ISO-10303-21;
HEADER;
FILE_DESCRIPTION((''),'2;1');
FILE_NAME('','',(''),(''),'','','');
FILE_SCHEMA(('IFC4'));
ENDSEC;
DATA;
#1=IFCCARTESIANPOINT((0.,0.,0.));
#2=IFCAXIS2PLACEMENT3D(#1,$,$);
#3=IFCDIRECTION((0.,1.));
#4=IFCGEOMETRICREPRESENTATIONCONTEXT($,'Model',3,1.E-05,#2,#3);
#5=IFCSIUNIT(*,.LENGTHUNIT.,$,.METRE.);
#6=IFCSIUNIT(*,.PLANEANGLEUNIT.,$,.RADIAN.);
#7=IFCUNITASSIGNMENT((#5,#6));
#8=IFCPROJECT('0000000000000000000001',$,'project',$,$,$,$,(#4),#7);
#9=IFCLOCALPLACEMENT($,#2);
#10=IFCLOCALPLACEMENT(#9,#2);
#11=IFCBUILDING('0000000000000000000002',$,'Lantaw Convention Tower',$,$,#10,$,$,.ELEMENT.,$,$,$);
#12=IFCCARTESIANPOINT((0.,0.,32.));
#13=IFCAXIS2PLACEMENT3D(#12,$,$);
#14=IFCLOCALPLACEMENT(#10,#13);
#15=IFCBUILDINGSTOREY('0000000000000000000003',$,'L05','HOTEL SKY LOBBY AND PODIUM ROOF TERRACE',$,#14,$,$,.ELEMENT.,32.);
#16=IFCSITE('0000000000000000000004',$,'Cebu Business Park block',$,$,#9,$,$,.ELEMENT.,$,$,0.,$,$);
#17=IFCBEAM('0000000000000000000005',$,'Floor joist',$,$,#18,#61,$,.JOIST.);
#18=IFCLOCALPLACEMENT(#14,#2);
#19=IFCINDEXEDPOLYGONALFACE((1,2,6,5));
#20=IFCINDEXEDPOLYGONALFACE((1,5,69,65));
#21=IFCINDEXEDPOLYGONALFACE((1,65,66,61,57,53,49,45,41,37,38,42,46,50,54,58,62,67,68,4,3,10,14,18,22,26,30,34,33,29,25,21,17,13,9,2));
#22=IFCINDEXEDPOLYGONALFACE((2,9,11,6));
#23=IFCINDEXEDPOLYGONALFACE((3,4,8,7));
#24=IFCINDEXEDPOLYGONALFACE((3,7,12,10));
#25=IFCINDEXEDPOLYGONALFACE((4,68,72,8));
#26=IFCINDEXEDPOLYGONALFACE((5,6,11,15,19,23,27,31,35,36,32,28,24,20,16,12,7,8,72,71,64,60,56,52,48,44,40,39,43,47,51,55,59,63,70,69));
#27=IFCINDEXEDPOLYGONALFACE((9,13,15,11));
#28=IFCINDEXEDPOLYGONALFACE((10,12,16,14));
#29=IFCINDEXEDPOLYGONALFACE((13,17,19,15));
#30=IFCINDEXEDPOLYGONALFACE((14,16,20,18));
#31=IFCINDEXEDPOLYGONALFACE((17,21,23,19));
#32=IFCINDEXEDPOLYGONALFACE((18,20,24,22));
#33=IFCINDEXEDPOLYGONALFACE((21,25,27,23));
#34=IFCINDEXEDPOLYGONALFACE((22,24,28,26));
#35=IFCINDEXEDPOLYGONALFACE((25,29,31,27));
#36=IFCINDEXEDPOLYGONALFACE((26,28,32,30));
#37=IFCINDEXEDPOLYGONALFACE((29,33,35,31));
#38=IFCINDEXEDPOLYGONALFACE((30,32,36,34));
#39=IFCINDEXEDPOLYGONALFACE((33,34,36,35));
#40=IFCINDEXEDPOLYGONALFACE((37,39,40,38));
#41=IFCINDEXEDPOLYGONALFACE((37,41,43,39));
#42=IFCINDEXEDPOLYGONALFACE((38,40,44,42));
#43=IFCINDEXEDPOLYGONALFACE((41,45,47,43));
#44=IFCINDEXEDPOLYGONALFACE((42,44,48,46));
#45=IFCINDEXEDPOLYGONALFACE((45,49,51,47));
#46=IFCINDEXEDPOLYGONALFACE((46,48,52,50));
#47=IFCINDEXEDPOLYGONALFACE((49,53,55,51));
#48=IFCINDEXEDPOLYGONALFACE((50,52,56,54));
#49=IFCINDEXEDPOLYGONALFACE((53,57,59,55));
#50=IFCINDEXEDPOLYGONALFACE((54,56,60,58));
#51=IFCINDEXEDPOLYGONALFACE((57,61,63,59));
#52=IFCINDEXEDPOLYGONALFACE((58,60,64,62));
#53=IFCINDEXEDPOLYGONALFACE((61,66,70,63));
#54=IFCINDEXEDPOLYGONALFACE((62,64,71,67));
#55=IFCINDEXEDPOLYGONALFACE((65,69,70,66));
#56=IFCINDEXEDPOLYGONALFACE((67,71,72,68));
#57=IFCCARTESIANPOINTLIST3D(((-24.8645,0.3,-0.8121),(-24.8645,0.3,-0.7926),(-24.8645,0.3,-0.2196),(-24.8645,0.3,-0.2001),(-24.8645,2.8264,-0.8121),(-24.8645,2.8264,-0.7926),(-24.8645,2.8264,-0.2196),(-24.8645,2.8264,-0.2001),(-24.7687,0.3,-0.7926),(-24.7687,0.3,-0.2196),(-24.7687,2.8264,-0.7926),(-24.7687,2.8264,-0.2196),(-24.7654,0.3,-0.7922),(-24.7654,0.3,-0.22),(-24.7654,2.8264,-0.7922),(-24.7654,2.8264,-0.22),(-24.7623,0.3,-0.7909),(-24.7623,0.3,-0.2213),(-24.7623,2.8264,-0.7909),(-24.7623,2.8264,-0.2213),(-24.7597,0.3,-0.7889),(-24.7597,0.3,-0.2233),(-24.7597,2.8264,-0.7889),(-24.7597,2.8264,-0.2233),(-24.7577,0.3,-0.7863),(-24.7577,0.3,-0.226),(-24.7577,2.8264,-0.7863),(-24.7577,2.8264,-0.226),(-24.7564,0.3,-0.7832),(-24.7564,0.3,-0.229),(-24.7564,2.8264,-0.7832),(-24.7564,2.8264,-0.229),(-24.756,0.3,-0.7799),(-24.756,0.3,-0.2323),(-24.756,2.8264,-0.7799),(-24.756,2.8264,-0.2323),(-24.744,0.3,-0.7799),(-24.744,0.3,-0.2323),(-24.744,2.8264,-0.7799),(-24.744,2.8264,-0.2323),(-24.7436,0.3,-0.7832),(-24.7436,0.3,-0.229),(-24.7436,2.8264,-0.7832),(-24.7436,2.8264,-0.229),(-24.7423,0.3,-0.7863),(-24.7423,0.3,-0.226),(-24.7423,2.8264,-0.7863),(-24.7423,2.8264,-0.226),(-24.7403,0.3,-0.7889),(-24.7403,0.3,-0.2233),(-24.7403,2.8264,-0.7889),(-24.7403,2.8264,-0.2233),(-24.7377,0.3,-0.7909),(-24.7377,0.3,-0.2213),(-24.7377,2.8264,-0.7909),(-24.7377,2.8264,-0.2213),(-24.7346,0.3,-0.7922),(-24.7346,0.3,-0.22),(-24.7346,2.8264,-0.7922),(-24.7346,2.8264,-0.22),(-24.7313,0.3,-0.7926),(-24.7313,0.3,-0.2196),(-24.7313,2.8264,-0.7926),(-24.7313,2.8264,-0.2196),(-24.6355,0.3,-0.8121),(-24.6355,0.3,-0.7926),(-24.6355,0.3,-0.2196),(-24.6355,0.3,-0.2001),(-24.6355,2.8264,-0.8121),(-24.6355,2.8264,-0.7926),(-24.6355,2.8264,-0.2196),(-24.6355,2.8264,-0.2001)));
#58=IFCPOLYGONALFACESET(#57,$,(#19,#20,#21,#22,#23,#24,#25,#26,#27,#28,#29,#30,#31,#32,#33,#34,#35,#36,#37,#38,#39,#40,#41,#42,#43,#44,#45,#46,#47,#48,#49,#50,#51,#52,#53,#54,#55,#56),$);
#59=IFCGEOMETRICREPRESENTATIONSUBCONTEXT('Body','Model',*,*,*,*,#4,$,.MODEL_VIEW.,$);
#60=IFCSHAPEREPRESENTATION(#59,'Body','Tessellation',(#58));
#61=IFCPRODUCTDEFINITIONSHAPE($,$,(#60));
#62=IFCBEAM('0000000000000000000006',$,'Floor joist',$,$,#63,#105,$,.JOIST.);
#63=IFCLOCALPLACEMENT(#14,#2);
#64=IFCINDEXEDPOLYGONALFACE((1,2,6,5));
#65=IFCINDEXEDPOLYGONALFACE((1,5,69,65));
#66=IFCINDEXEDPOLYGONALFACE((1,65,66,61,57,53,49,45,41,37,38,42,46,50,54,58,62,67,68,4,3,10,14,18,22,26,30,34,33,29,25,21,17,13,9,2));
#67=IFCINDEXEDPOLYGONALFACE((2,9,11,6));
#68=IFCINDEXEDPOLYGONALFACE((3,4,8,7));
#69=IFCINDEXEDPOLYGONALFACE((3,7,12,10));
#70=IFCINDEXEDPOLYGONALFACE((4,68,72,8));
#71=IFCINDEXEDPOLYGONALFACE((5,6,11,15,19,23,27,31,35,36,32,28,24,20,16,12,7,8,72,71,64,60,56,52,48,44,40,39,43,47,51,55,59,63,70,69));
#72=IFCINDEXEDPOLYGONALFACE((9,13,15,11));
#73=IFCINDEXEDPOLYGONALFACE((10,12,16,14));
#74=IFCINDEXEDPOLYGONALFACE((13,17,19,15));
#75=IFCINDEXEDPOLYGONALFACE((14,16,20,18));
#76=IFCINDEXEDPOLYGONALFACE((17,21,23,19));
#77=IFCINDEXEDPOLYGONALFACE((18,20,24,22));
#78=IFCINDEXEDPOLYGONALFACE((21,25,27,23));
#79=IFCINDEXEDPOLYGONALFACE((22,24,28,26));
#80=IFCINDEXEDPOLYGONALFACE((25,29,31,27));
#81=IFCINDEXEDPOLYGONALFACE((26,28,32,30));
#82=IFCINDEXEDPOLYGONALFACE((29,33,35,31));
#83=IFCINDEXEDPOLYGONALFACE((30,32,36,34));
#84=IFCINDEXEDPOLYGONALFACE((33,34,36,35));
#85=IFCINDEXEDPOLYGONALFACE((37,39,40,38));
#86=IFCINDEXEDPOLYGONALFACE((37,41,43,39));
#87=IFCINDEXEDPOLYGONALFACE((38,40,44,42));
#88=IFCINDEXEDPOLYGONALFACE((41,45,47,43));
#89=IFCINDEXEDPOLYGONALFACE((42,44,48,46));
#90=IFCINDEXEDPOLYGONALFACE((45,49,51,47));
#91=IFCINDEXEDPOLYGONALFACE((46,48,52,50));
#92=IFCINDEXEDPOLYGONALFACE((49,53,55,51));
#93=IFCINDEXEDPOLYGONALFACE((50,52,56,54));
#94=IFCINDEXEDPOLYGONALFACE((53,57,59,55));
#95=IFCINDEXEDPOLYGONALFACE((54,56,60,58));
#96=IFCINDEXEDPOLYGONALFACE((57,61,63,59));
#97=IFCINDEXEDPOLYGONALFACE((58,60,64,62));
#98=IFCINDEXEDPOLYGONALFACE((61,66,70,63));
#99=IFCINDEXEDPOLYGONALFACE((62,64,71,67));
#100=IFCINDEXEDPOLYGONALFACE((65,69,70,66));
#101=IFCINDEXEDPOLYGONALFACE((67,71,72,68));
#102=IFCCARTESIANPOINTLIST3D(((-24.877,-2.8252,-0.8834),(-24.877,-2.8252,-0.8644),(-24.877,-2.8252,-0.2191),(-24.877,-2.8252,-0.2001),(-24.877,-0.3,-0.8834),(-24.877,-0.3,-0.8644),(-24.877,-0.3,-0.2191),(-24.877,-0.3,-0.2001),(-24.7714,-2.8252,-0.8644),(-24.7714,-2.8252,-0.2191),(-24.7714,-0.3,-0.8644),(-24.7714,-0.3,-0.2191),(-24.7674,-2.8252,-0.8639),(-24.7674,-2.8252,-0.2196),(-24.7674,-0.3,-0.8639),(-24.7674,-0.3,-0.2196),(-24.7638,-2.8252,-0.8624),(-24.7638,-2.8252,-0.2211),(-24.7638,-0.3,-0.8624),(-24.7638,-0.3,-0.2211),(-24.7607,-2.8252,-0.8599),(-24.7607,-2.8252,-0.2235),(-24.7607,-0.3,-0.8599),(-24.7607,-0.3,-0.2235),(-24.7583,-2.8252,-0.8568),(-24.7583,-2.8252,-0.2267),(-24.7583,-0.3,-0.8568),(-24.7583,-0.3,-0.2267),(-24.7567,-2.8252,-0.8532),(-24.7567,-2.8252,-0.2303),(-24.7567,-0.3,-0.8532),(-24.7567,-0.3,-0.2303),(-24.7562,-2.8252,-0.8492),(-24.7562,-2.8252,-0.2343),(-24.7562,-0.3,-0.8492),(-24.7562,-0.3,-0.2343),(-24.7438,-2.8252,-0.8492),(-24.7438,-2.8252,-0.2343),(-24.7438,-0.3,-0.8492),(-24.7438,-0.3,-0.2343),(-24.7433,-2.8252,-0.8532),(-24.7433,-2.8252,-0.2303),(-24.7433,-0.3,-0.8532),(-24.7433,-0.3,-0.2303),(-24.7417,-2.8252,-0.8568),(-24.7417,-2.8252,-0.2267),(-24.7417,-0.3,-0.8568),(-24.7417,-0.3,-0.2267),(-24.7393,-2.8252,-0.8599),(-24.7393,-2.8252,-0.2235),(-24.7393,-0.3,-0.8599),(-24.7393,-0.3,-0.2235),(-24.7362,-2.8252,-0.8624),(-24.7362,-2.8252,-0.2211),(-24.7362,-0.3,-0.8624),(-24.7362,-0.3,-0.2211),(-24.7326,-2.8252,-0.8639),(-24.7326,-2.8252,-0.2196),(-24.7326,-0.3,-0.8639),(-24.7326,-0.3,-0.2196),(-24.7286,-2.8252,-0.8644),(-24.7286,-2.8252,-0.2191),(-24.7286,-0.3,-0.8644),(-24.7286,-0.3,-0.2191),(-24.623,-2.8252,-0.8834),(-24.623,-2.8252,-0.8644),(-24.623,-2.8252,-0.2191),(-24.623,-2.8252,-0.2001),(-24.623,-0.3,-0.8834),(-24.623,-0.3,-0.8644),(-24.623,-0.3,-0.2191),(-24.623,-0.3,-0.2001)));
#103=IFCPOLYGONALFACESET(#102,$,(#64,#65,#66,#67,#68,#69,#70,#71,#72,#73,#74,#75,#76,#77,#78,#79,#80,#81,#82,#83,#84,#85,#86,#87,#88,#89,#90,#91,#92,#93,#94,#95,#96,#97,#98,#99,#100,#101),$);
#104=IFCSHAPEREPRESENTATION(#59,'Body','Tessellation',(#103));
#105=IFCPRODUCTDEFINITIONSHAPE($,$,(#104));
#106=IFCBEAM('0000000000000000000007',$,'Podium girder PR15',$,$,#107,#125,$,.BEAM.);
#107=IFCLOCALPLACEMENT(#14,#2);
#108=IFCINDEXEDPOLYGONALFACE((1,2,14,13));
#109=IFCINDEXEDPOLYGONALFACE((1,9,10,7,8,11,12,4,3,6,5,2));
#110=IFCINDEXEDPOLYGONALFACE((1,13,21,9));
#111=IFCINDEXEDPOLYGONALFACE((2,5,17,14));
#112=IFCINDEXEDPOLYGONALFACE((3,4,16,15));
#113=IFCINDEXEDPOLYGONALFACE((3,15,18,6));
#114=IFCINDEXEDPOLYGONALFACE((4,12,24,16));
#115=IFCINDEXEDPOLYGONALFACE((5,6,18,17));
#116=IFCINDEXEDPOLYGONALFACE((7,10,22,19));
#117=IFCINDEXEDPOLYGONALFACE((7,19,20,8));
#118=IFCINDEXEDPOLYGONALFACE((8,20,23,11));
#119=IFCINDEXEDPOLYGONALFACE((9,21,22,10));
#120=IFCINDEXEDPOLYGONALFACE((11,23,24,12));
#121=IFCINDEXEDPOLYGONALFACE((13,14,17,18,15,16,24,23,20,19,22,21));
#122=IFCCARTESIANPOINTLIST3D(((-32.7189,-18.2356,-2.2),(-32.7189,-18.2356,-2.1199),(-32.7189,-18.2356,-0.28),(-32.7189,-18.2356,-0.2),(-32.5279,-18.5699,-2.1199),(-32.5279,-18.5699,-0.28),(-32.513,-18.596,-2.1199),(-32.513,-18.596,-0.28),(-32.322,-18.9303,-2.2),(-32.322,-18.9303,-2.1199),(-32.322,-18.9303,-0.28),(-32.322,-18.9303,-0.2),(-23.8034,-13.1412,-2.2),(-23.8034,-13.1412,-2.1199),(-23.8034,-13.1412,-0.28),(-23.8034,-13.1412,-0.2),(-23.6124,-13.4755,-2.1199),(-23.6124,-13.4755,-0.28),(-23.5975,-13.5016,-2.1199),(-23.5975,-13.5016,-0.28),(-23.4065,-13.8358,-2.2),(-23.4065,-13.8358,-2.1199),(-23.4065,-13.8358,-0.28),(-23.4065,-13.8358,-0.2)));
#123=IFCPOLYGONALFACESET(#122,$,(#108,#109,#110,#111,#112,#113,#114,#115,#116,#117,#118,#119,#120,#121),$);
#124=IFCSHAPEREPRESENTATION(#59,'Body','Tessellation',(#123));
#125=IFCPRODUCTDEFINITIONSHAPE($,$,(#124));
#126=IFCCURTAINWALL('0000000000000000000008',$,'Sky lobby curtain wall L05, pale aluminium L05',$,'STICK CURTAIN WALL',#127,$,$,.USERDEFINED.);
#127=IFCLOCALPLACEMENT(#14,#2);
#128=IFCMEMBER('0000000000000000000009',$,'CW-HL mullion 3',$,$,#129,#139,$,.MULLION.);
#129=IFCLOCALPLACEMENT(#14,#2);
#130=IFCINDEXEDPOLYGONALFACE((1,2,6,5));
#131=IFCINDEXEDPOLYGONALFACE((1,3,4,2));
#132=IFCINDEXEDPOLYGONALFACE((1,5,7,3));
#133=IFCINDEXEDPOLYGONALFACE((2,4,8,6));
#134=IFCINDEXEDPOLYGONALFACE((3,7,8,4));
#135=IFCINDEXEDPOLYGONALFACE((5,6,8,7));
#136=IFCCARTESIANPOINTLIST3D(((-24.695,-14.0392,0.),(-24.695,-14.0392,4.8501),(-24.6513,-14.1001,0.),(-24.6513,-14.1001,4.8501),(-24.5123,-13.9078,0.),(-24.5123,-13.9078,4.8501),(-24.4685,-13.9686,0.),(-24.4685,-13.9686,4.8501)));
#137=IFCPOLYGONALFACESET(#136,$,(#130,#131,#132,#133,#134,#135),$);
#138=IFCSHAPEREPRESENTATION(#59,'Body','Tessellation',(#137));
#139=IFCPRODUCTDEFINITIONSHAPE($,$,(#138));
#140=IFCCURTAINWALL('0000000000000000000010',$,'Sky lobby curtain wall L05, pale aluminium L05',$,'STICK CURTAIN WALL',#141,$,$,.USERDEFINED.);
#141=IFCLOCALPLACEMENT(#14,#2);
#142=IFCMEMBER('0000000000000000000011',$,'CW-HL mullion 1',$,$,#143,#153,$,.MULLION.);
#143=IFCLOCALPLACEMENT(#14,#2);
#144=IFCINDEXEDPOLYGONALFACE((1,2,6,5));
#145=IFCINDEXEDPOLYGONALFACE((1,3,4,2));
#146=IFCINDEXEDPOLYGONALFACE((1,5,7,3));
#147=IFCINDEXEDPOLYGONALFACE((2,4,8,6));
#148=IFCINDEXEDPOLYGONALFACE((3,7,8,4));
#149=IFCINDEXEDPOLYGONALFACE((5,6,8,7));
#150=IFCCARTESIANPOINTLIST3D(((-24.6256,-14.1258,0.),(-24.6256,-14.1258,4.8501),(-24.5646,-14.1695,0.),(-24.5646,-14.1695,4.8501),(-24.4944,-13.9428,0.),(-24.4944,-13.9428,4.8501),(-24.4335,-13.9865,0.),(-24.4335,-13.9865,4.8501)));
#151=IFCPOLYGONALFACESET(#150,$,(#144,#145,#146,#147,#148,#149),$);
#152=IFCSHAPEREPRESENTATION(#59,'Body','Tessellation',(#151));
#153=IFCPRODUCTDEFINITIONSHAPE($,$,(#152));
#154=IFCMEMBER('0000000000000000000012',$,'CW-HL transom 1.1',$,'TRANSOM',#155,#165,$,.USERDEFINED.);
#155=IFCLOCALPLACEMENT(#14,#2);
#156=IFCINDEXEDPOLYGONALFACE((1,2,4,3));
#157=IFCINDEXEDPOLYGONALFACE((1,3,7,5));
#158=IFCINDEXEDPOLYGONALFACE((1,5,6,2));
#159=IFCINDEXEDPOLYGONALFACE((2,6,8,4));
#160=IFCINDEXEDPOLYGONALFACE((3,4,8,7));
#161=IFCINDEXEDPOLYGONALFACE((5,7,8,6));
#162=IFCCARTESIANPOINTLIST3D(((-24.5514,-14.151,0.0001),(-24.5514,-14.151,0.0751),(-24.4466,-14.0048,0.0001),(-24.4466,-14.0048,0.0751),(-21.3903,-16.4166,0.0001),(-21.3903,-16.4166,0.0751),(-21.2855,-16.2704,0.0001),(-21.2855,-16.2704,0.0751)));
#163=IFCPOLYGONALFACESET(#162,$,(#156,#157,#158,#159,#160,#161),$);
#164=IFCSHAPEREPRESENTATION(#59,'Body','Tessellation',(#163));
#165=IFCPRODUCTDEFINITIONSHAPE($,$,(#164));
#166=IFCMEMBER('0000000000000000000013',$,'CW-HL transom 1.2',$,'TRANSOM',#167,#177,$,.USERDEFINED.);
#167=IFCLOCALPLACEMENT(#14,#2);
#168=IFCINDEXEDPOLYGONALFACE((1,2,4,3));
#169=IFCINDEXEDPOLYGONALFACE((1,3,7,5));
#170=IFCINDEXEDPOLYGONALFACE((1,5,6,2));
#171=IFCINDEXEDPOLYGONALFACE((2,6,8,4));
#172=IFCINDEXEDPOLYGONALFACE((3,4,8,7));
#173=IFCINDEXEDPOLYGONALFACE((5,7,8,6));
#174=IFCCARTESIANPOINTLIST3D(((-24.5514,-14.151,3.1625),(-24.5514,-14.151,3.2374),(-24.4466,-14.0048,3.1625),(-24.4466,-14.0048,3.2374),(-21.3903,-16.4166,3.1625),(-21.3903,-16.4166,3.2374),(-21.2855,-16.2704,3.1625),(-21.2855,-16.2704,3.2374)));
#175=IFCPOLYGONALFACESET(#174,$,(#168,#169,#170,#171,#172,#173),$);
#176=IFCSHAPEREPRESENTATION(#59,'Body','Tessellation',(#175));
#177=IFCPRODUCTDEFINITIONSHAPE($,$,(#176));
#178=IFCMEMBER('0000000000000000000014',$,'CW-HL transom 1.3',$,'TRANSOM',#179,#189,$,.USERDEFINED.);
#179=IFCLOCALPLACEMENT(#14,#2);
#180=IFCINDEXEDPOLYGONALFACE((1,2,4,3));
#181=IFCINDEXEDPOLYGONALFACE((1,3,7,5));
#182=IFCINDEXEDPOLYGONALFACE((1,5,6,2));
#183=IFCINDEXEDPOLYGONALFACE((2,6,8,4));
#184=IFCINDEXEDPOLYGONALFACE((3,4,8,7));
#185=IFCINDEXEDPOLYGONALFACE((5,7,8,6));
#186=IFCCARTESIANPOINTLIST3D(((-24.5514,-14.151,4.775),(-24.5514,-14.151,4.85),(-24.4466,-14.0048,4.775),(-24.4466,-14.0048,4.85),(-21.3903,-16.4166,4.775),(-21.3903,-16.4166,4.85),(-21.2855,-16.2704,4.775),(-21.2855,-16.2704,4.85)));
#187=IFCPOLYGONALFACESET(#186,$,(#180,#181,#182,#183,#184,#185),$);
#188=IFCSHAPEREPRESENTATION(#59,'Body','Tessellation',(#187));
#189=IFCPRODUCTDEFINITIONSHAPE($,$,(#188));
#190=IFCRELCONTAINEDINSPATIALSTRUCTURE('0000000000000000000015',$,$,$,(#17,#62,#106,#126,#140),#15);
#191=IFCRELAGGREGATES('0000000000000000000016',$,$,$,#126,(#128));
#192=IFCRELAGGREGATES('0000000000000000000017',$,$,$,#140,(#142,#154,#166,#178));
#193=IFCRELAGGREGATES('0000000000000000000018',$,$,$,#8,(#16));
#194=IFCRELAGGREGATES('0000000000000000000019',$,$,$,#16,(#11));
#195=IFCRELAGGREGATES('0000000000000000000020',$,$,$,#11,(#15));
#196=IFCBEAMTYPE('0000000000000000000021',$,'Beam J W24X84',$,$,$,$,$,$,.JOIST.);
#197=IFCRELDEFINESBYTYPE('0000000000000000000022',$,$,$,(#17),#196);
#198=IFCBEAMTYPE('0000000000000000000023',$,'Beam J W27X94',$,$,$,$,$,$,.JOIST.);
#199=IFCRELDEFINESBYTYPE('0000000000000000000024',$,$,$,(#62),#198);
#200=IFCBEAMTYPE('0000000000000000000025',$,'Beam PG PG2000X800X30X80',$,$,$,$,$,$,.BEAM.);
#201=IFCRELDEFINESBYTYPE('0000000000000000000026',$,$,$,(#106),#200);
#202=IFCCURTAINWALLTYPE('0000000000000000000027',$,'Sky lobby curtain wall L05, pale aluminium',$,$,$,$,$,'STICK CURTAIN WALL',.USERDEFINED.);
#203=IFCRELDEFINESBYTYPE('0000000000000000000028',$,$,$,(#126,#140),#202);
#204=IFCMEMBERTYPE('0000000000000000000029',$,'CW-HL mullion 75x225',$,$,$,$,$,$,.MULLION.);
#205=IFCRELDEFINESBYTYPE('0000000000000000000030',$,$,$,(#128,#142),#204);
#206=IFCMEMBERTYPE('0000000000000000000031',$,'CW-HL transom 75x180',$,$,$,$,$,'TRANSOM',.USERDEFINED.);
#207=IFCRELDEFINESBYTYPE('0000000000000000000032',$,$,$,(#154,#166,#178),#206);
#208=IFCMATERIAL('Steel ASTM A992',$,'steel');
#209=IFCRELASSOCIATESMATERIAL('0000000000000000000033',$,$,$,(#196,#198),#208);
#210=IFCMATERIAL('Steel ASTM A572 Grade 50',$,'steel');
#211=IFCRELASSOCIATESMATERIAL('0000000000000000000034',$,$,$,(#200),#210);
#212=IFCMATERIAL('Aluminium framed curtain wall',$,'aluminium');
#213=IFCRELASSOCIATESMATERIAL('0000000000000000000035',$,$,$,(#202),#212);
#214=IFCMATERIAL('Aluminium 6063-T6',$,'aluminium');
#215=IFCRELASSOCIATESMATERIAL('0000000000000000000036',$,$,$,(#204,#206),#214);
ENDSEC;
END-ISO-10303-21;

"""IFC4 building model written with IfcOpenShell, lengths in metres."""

from ifc_helpers import new_model, si_unit, direction, frame, origin, origin_2d, place, context, subcontext, project, spatial, rectangle, i_section, extrude, material, material_profile, profile_set, type_object, element, aggregate, save


model = new_model("IFC4")

# Units and contexts
model_context = context("Model", 3, precision=1e-05, world=origin(), true_north=direction((0.0, 1.0)))
body_context = subcontext(model_context, "Body", "Model", "MODEL_VIEW")
ifc_project = project(units=[si_unit("LENGTHUNIT", "METRE"), si_unit("PLANEANGLEUNIT", "RADIAN")], contexts=[model_context])

# Site, building, storey
site_placement = place(None, origin())
site = spatial("IfcSite", under=ifc_project, at=site_placement, Name="Cebu Business Park block", CompositionType="ELEMENT", RefElevation=0.0)
building_placement = place(site_placement, origin())
building = spatial("IfcBuilding", under=site, at=building_placement, Name="Lantaw Convention Tower", CompositionType="ELEMENT")
storey_placement = place(building_placement, frame((0.0, 0.0, 32.0)))
storey = spatial("IfcBuildingStorey", under=building, at=storey_placement, Name="L05", Description="HOTEL SKY LOBBY AND PODIUM ROOF TERRACE", CompositionType="ELEMENT", Elevation=32.0)

# Beams
ifc_material_1 = material(Name="Steel ASTM A572 Grade 50", Category="steel")
ifc_material_2 = material(Name="Steel ASTM A992", Category="steel")
ifc_material_profile_1 = material_profile(ifc_material_2, i_section(OverallWidth=0.229, OverallDepth=0.6121, WebThickness=0.012, FlangeThickness=0.0195, FilletRadius=0.0127, at=origin_2d()), Name="W24X84")
ifc_profile_set_1 = profile_set([ifc_material_profile_1], Name="Steel ASTM A992")
beam_type_1 = type_object("IfcBeamType", Name="Beam J W24X84", PredefinedType="JOIST", material=ifc_profile_set_1)
beam_1_placement = place(storey_placement, frame((-24.75, 0.3, -0.5061), z_axis=(0.0, 1.0, 0.0), x_axis=(-1.0, 0.0, 0.0)))
element("IfcBeam", 1, at=beam_1_placement, inside=storey, type_object=beam_type_1, Name="Floor joist", PredefinedType="JOIST", context=body_context, shape_type="SweptSolid", body=[
    extrude(i_section(OverallWidth=0.229, OverallDepth=0.6121, WebThickness=0.012, FlangeThickness=0.0195, FilletRadius=0.0127, at=origin_2d()), origin(), (0.0, 0.0, 1.0), 2.5264),
])
ifc_material_profile_2 = material_profile(ifc_material_2, i_section(OverallWidth=0.2539, OverallDepth=0.6833, WebThickness=0.0125, FlangeThickness=0.019, FilletRadius=0.0151, at=origin_2d()), Name="W27X94")
ifc_profile_set_2 = profile_set([ifc_material_profile_2], Name="Steel ASTM A992")
beam_type_2 = type_object("IfcBeamType", Name="Beam J W27X94", PredefinedType="JOIST", material=ifc_profile_set_2)
beam_2_placement = place(storey_placement, frame((-24.75, -2.8252, -0.5417), z_axis=(0.0, 1.0, 0.0), x_axis=(-1.0, 0.0, 0.0)))
element("IfcBeam", 2, at=beam_2_placement, inside=storey, type_object=beam_type_2, Name="Floor joist", PredefinedType="JOIST", context=body_context, shape_type="SweptSolid", body=[
    extrude(i_section(OverallWidth=0.2539, OverallDepth=0.6833, WebThickness=0.0125, FlangeThickness=0.019, FilletRadius=0.0151, at=origin_2d()), origin(), (0.0, 0.0, 1.0), 2.5251),
])
ifc_material_profile_3 = material_profile(ifc_material_1, i_section(OverallWidth=0.8, OverallDepth=2.0, WebThickness=0.03, FlangeThickness=0.0801, at=origin_2d()), Name="PG2000X800X30X80")
ifc_profile_set_3 = profile_set([ifc_material_profile_3], Name="Steel ASTM A572 Grade 50")
beam_type_3 = type_object("IfcBeamType", Name="Beam PG PG2000X800X30X80", PredefinedType="BEAM", material=ifc_profile_set_3)
beam_3_placement = place(storey_placement, frame((-23.605, -13.4885, -1.2), z_axis=(-0.868248, -0.496131, 0.0), x_axis=(0.496131, -0.868248, 0.0)))
element("IfcBeam", 3, at=beam_3_placement, inside=storey, type_object=beam_type_3, Name="Podium girder PR15", PredefinedType="BEAM", context=body_context, shape_type="SweptSolid", body=[
    extrude(i_section(OverallWidth=0.8, OverallDepth=2.0, WebThickness=0.03, FlangeThickness=0.0801, at=origin_2d()), origin(), (0.0, 0.0, 1.0), 10.2683),
])

# Curtain wall, member
ifc_material_3 = material(Name="Aluminium framed curtain wall", Category="aluminium")
curtain_wall_type = type_object("IfcCurtainWallType", Name="Sky lobby curtain wall L05, pale aluminium", ElementType="STICK CURTAIN WALL", PredefinedType="USERDEFINED", material=ifc_material_3)
curtain_wall_1_placement = place(storey_placement, origin())
curtain_wall_1 = element("IfcCurtainWall", 4, at=curtain_wall_1_placement, inside=storey, type_object=curtain_wall_type, Name="Sky lobby curtain wall L05, pale aluminium L05", ObjectType="STICK CURTAIN WALL", PredefinedType="USERDEFINED")
ifc_material_4 = material(Name="Aluminium 6063-T6", Category="aluminium")
ifc_material_profile_4 = material_profile(ifc_material_4, rectangle(XDim=0.2251, YDim=0.075, at=origin_2d()), Name="CW-HL mullion 75x225")
ifc_profile_set_4 = profile_set([ifc_material_profile_4], Name="Aluminium 6063-T6")
member_type_1 = type_object("IfcMemberType", Name="CW-HL mullion 75x225", PredefinedType="MULLION", material=ifc_profile_set_4)
member_1_placement = place(storey_placement, frame((-24.5818, -14.0039, 0.0), z_axis=(0.0, 0.0, 1.0), x_axis=(0.811789, 0.583951, 0.0)))
member_1 = element("IfcMember", 5, at=member_1_placement, type_object=member_type_1, Name="CW-HL mullion 3", PredefinedType="MULLION", context=body_context, shape_type="SweptSolid", body=[
    extrude(rectangle(XDim=0.2251, YDim=0.075, at=origin_2d()), origin(), (0.0, 0.0, 1.0), 4.8501),
])

# Curtain wall, members
curtain_wall_2_placement = place(storey_placement, origin())
curtain_wall_2 = element("IfcCurtainWall", 6, at=curtain_wall_2_placement, inside=storey, type_object=curtain_wall_type, Name="Sky lobby curtain wall L05, pale aluminium L05", ObjectType="STICK CURTAIN WALL", PredefinedType="USERDEFINED")
member_2_placement = place(storey_placement, frame((-24.5295, -14.0562, 0.0), z_axis=(0.0, 0.0, 1.0), x_axis=(0.582538, 0.812804, 0.0)))
member_2 = element("IfcMember", 7, at=member_2_placement, type_object=member_type_1, Name="CW-HL mullion 1", PredefinedType="MULLION", context=body_context, shape_type="SweptSolid", body=[
    extrude(rectangle(XDim=0.2251, YDim=0.075, at=origin_2d()), origin(), (0.0, 0.0, 1.0), 4.8501),
])
ifc_material_profile_5 = material_profile(ifc_material_4, rectangle(XDim=0.1799, YDim=0.075, at=origin_2d()), Name="CW-HL transom 75x180")
ifc_profile_set_5 = profile_set([ifc_material_profile_5], Name="Aluminium 6063-T6")
member_type_2 = type_object("IfcMemberType", Name="CW-HL transom 75x180", ElementType="TRANSOM", PredefinedType="USERDEFINED", material=ifc_profile_set_5)
member_3_placement = place(storey_placement, frame((-24.499, -14.0779, 0.0376), z_axis=(0.812799, -0.582544, 0.0), x_axis=(0.582544, 0.812799, 0.0)))
member_3 = element("IfcMember", 8, at=member_3_placement, type_object=member_type_2, Name="CW-HL transom 1.1", ObjectType="TRANSOM", PredefinedType="USERDEFINED", context=body_context, shape_type="SweptSolid", body=[
    extrude(rectangle(XDim=0.1799, YDim=0.075, at=origin_2d()), origin(), (0.0, 0.0, 1.0), 3.8892),
])
member_4_placement = place(storey_placement, frame((-24.499, -14.0779, 3.2), z_axis=(0.812799, -0.582544, 0.0), x_axis=(0.582544, 0.812799, 0.0)))
member_4 = element("IfcMember", 9, at=member_4_placement, type_object=member_type_2, Name="CW-HL transom 1.2", ObjectType="TRANSOM", PredefinedType="USERDEFINED", context=body_context, shape_type="SweptSolid", body=[
    extrude(rectangle(XDim=0.1799, YDim=0.075, at=origin_2d()), origin(), (0.0, 0.0, 1.0), 3.8892),
])
member_5_placement = place(storey_placement, frame((-24.499, -14.0779, 4.8125), z_axis=(0.812799, -0.582544, 0.0), x_axis=(0.582544, 0.812799, 0.0)))
member_5 = element("IfcMember", 10, at=member_5_placement, type_object=member_type_2, Name="CW-HL transom 1.3", ObjectType="TRANSOM", PredefinedType="USERDEFINED", context=body_context, shape_type="SweptSolid", body=[
    extrude(rectangle(XDim=0.1799, YDim=0.075, at=origin_2d()), origin(), (0.0, 0.0, 1.0), 3.8892),
])

aggregate(curtain_wall_1, [member_1])
aggregate(curtain_wall_2, [member_2, member_3, member_4, member_5])

save(model, "model.ifc")
